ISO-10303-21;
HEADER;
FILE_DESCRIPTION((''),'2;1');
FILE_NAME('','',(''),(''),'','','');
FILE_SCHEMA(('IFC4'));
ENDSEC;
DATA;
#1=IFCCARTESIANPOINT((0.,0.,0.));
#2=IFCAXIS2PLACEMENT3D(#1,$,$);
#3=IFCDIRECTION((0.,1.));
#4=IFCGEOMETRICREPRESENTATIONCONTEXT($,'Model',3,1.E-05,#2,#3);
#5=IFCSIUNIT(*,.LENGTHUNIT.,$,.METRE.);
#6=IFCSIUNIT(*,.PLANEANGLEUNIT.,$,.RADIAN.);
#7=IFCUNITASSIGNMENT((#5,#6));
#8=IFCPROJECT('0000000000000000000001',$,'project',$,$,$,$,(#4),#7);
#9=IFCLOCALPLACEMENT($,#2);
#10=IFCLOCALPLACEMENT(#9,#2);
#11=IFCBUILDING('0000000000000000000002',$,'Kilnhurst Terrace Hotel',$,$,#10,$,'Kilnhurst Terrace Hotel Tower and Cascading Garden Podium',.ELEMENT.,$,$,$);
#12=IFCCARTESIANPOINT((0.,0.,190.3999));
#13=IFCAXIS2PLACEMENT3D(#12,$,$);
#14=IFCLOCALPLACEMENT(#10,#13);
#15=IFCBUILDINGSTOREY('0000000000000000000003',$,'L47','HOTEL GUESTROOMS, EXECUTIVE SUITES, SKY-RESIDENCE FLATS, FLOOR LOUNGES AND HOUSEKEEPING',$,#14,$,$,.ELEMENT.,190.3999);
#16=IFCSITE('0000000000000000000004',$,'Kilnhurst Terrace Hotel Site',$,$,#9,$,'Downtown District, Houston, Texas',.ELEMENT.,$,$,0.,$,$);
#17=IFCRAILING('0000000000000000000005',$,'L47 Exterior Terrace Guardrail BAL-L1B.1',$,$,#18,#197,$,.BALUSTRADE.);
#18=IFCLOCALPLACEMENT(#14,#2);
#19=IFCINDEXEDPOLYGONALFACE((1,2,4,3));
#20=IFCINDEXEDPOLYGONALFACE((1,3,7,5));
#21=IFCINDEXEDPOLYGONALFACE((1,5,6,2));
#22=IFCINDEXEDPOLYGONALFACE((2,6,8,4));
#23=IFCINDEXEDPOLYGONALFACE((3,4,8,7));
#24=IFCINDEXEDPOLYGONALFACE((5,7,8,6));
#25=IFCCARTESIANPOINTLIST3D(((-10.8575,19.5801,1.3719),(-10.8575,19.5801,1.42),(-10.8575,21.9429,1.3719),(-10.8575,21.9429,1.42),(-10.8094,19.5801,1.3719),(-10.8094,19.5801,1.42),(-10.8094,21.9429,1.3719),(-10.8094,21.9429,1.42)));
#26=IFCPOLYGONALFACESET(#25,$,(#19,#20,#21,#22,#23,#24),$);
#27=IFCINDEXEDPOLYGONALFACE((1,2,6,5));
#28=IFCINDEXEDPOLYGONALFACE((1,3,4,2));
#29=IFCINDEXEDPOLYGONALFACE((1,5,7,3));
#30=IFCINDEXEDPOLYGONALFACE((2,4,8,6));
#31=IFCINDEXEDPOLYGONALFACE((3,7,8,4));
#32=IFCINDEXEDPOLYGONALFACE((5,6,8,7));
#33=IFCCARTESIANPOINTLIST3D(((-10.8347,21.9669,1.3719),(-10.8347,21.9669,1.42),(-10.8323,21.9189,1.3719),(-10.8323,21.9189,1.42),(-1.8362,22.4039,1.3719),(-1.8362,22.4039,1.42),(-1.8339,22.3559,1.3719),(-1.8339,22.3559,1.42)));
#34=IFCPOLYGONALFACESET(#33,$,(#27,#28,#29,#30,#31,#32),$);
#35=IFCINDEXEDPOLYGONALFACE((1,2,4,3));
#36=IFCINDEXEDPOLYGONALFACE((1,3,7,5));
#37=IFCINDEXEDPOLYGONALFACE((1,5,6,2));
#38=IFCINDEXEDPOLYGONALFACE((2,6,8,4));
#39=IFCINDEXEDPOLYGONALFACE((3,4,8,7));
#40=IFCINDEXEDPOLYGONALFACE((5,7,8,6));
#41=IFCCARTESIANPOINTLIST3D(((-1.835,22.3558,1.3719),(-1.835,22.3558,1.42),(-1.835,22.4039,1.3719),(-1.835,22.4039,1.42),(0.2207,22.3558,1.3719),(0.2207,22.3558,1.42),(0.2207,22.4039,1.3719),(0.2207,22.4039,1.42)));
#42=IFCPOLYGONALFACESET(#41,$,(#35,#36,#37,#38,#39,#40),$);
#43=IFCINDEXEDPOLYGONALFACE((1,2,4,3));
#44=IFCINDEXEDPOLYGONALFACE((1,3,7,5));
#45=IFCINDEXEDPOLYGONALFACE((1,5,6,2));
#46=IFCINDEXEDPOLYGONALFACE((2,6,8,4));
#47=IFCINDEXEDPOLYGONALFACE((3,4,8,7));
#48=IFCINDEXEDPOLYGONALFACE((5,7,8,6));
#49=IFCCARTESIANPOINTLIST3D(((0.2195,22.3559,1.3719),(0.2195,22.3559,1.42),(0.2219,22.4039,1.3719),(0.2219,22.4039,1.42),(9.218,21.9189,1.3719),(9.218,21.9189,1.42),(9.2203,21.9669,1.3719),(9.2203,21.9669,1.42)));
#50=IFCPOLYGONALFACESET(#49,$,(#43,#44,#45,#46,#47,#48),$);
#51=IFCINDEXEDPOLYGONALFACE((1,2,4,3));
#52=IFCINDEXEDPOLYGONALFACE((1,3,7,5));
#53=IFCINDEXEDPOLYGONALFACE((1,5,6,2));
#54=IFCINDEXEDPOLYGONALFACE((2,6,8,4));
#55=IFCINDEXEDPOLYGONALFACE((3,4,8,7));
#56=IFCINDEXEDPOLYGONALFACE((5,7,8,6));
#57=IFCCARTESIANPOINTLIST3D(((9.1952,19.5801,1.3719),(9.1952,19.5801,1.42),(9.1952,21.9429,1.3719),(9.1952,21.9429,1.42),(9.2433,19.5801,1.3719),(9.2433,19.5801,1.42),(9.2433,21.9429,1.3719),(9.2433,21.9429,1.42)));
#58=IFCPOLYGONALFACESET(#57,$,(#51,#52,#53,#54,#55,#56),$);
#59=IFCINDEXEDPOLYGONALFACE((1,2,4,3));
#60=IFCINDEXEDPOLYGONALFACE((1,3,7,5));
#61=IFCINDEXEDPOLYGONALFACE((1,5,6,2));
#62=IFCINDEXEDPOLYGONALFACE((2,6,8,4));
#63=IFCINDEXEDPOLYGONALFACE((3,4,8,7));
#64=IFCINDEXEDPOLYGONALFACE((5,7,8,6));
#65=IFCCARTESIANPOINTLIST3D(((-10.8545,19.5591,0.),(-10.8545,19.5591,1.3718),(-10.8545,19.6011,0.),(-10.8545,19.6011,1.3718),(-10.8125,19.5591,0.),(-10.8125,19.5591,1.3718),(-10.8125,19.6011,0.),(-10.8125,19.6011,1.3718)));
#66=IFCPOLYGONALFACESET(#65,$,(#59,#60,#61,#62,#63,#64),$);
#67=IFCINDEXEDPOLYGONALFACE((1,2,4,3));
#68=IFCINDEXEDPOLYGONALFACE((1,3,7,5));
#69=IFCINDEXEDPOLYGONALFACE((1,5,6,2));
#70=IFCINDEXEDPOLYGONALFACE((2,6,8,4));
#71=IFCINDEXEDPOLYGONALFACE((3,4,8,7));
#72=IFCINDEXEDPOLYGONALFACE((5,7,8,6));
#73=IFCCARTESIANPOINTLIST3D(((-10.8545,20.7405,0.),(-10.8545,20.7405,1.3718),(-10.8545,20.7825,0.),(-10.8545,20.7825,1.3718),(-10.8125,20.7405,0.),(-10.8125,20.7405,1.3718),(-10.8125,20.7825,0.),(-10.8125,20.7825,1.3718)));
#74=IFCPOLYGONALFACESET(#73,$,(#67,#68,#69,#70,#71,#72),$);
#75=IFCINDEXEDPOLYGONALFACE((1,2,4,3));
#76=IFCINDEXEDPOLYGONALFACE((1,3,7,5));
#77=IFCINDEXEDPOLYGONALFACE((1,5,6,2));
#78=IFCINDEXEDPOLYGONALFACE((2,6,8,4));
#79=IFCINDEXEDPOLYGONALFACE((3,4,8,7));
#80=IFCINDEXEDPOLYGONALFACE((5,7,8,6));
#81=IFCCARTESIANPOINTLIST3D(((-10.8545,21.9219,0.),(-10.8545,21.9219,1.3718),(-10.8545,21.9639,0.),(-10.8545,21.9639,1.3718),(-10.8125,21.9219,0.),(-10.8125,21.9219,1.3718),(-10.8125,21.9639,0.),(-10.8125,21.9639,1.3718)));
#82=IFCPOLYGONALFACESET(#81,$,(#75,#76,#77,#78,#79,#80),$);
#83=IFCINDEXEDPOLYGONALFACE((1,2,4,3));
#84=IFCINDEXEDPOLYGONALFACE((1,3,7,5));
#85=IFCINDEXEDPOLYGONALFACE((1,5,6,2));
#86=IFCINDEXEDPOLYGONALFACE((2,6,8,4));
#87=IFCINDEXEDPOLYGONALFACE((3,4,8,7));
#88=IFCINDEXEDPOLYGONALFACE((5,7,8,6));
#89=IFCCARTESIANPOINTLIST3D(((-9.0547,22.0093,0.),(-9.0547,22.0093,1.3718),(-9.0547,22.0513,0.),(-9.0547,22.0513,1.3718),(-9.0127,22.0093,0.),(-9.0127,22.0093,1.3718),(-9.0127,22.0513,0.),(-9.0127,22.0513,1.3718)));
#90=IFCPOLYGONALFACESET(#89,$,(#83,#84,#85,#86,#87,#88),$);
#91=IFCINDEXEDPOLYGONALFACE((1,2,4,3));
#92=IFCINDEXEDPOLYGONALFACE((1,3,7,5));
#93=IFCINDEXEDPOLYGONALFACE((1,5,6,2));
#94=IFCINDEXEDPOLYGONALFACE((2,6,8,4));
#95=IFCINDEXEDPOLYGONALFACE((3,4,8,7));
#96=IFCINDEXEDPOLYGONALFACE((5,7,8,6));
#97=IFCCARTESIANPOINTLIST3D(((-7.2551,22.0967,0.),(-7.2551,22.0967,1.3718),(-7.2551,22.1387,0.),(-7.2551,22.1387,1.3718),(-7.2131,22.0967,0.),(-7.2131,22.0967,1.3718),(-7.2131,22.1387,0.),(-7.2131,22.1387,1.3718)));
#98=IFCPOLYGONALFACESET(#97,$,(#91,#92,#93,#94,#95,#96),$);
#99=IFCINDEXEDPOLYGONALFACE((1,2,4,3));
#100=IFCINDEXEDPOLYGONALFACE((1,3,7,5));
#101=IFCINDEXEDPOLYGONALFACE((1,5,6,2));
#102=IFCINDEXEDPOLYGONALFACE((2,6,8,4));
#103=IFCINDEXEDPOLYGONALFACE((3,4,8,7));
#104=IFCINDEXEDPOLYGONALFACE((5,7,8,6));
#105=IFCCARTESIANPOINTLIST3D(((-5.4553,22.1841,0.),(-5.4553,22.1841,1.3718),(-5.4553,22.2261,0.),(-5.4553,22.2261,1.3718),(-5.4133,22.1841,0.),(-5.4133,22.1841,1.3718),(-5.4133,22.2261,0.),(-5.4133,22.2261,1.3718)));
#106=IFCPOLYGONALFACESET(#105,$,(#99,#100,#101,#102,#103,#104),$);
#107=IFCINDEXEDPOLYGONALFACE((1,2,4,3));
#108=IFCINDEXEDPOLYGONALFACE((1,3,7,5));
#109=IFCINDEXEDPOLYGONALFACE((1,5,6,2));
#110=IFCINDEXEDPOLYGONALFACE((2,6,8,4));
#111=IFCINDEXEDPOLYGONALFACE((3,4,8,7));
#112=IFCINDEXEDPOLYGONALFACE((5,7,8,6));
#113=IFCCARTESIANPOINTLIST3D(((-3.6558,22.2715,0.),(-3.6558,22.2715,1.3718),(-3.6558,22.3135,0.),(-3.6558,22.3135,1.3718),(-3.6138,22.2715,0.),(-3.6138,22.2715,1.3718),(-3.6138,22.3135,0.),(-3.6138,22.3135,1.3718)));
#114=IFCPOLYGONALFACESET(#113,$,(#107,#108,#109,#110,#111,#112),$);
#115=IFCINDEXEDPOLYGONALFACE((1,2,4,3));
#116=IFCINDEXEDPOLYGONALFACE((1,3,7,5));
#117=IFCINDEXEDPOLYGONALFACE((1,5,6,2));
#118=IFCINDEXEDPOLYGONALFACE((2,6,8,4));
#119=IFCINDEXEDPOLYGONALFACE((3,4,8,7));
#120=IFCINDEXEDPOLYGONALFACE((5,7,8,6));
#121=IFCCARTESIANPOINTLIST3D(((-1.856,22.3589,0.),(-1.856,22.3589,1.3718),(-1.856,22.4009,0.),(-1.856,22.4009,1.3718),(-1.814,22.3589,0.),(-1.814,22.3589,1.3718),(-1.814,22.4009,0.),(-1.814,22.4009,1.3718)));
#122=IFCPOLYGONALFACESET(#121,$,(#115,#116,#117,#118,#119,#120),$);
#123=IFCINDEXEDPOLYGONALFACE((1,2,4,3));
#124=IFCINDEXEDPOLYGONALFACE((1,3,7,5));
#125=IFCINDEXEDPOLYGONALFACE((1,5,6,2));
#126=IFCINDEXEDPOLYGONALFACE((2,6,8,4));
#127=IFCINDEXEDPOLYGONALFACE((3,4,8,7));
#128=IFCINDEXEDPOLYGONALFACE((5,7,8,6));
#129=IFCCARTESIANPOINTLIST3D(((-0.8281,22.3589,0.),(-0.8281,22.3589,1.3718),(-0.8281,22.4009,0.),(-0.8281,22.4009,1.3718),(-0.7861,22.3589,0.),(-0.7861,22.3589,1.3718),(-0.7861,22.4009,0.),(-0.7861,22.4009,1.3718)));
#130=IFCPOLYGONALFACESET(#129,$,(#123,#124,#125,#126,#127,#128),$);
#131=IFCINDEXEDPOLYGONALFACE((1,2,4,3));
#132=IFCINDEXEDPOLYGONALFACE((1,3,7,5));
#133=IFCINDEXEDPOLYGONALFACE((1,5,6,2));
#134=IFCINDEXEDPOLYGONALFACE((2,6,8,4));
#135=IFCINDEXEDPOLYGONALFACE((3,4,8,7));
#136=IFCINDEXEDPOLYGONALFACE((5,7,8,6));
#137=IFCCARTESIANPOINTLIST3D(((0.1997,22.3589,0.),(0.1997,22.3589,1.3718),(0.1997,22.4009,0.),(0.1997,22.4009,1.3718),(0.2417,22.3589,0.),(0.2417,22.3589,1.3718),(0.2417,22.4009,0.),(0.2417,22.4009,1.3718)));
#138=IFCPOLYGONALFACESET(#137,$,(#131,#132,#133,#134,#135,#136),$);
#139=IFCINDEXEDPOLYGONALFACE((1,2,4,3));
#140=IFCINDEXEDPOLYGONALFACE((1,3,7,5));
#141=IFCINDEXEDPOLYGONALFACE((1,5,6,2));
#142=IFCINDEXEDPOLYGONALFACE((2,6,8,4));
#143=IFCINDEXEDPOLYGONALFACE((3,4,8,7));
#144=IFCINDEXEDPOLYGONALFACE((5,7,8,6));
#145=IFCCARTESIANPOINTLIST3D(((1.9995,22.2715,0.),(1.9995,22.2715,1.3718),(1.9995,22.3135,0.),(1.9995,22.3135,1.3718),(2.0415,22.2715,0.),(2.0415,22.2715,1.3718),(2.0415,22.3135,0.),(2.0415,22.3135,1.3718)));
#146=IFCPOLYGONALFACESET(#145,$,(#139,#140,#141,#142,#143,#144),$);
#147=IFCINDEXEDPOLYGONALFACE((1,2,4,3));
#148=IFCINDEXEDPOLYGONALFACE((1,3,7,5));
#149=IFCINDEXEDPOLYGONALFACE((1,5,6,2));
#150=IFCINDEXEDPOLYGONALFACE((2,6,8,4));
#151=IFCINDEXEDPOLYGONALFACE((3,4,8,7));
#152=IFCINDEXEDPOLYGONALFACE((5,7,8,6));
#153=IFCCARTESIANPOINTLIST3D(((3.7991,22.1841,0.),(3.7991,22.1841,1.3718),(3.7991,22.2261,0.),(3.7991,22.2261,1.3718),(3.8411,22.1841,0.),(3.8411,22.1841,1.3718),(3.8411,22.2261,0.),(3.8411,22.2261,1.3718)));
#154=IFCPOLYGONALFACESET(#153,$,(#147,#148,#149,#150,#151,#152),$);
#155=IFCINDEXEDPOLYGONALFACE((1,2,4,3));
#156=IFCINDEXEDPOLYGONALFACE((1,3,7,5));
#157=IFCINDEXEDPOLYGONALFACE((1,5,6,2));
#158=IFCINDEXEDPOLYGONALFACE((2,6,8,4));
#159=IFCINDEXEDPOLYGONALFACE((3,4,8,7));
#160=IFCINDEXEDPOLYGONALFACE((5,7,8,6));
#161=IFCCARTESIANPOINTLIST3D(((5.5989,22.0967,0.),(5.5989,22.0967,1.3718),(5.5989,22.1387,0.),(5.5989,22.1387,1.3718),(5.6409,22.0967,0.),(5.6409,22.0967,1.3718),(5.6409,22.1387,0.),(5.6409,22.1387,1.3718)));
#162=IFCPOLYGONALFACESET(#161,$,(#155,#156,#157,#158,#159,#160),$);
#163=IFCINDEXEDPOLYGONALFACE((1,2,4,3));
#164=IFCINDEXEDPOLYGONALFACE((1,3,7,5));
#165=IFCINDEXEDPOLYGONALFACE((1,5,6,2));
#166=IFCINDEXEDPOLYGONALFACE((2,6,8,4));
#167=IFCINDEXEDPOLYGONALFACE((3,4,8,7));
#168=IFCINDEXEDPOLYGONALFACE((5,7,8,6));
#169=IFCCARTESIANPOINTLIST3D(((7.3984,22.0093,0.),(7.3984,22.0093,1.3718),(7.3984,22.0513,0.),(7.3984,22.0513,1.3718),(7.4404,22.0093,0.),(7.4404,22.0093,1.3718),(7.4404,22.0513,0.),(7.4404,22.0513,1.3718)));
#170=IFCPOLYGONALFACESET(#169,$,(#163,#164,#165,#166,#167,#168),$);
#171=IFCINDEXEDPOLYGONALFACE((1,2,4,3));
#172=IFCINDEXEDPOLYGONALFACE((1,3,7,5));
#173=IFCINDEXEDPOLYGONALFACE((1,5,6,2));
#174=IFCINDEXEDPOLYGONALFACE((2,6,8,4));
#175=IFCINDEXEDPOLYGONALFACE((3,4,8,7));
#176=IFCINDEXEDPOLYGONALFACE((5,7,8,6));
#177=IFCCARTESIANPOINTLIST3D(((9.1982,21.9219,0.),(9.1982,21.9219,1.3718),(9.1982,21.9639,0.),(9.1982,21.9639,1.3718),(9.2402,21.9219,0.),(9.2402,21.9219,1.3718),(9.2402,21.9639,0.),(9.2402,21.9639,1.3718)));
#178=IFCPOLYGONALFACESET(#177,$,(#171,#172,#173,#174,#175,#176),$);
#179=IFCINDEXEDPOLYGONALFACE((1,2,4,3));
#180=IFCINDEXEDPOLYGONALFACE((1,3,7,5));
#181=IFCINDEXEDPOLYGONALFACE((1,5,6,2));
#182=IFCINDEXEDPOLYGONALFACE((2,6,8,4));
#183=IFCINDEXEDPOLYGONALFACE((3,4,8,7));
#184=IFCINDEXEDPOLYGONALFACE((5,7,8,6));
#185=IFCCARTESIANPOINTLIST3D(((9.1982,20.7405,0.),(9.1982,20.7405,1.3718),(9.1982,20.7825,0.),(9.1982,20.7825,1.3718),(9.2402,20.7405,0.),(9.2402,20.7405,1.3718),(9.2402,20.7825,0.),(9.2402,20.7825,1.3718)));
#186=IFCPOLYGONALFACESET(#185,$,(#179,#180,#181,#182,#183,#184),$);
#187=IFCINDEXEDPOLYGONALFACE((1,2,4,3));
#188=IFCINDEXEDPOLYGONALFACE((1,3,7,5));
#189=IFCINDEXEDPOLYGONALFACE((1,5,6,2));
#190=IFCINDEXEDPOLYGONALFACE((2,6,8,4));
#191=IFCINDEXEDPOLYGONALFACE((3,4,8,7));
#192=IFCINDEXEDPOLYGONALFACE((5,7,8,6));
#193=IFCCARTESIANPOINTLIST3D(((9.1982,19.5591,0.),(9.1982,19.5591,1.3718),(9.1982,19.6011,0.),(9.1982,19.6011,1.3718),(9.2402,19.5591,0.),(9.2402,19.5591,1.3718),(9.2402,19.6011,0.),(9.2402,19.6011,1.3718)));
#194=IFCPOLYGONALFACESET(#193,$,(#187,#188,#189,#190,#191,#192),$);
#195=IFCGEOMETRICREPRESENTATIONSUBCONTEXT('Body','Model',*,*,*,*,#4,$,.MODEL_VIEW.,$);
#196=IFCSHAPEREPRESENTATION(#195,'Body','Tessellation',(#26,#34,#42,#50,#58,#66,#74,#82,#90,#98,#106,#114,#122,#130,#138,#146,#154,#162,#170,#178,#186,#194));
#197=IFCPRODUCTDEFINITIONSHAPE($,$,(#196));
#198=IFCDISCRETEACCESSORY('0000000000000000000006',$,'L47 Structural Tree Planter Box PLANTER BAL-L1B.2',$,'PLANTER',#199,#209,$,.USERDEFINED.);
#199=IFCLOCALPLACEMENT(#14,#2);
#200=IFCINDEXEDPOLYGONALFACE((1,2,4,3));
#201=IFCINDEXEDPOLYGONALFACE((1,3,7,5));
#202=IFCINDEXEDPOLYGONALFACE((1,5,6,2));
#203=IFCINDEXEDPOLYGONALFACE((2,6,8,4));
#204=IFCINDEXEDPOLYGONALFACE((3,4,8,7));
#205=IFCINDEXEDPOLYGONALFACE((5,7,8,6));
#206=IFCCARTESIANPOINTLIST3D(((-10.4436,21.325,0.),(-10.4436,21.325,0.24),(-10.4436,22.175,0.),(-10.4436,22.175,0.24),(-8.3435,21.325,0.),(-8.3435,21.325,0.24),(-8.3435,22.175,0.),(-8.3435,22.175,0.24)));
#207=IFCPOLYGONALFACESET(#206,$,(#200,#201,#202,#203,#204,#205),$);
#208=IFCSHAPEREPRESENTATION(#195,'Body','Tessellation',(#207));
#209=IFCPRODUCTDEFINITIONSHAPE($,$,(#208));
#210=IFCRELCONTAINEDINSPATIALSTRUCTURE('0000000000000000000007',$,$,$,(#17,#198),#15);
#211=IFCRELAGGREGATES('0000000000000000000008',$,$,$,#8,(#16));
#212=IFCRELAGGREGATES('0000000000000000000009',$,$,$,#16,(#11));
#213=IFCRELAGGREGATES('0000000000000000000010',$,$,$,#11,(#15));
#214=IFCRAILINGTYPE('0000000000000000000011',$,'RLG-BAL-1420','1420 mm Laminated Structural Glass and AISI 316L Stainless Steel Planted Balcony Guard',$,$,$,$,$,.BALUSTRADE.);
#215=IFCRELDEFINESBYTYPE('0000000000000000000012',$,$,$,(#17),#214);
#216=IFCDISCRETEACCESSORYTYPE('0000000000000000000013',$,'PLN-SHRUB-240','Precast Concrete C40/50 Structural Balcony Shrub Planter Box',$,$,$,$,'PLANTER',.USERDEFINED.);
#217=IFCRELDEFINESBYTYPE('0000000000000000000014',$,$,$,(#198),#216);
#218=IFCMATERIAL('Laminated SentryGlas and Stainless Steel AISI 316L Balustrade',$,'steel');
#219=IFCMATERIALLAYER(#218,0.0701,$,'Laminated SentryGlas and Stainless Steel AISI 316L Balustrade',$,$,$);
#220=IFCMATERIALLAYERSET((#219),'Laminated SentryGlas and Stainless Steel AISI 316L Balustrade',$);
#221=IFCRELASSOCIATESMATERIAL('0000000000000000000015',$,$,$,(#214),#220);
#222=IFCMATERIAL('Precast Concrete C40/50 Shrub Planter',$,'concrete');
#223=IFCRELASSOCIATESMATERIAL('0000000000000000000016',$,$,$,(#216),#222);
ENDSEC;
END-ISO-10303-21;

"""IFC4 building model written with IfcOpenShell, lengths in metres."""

from ifc_helpers import new_model, si_unit, direction, frame, origin, origin_2d, place, context, subcontext, project, spatial, rectangle, extrude, material, layer, layer_set, type_object, element, save


model = new_model("IFC4")

# Units and contexts
model_context = context("Model", 3, precision=1e-05, world=origin(), true_north=direction((0.0, 1.0)))
body_context = subcontext(model_context, "Body", "Model", "MODEL_VIEW")
ifc_project = project(units=[si_unit("LENGTHUNIT", "METRE"), si_unit("PLANEANGLEUNIT", "RADIAN")], contexts=[model_context])

# Site, building, storey
site_placement = place(None, origin())
site = spatial("IfcSite", under=ifc_project, at=site_placement, Name="Kilnhurst Terrace Hotel Site", LongName="Downtown District, Houston, Texas", CompositionType="ELEMENT", RefElevation=0.0)
building_placement = place(site_placement, origin())
building = spatial("IfcBuilding", under=site, at=building_placement, Name="Kilnhurst Terrace Hotel", LongName="Kilnhurst Terrace Hotel Tower and Cascading Garden Podium", CompositionType="ELEMENT")
storey_placement = place(building_placement, frame((0.0, 0.0, 190.3999)))
storey = spatial("IfcBuildingStorey", under=building, at=storey_placement, Name="L47", Description="HOTEL GUESTROOMS, EXECUTIVE SUITES, SKY-RESIDENCE FLATS, FLOOR LOUNGES AND HOUSEKEEPING", CompositionType="ELEMENT", Elevation=190.3999)

# Railing
ifc_material_1 = material(Name="Laminated SentryGlas and Stainless Steel AISI 316L Balustrade", Category="steel")
ifc_layer_1 = layer(ifc_material_1, 0.0701, Name="Laminated SentryGlas and Stainless Steel AISI 316L Balustrade")
ifc_layer_set_1 = layer_set([ifc_layer_1], Name="Laminated SentryGlas and Stainless Steel AISI 316L Balustrade")
railing_type = type_object("IfcRailingType", Name="RLG-BAL-1420", Description="1420 mm Laminated Structural Glass and AISI 316L Stainless Steel Planted Balcony Guard", PredefinedType="BALUSTRADE", material=ifc_layer_set_1)
railing_placement = place(storey_placement, frame((-10.8335, 19.5801, 0.0)))
element("IfcRailing", 1, at=railing_placement, inside=storey, type_object=railing_type, Name="L47 Exterior Terrace Guardrail BAL-L1B.1", PredefinedType="BALUSTRADE", context=body_context, shape_type="SweptSolid", body=[
    extrude(rectangle(XDim=0.0481, YDim=0.0481, at=origin_2d()), frame((0.0, 0.0, 1.396), z_axis=(0.0, 1.0, 0.0), x_axis=(-1.0, 0.0, 0.0)), (0.0, 0.0, 1.0), 2.3628),
    extrude(rectangle(XDim=0.0481, YDim=0.0481, at=origin_2d()), frame((0.0, 2.3628, 1.396), z_axis=(0.998823, 0.048508, 0.0), x_axis=(-0.048508, 0.998823, 0.0)), (0.0, 0.0, 1.0), 9.009),
    extrude(rectangle(XDim=0.0481, YDim=0.0481, at=origin_2d()), frame((8.9985, 2.7998, 1.396), z_axis=(1.0, 0.0, 0.0), x_axis=(0.0, 1.0, 0.0)), (0.0, 0.0, 1.0), 2.0557),
    extrude(rectangle(XDim=0.0481, YDim=0.0481, at=origin_2d()), frame((11.0542, 2.7998, 1.396), z_axis=(0.998823, -0.048508, 0.0), x_axis=(0.048508, 0.998823, 0.0)), (0.0, 0.0, 1.0), 9.009),
    extrude(rectangle(XDim=0.0481, YDim=0.0481, at=origin_2d()), frame((20.0527, 2.3628, 1.396), z_axis=(0.0, -1.0, 0.0), x_axis=(1.0, 0.0, 0.0)), (0.0, 0.0, 1.0), 2.3628),
    extrude(rectangle(XDim=0.042, YDim=0.042, at=origin_2d()), origin(), (0.0, 0.0, 1.0), 1.3718),
    extrude(rectangle(XDim=0.042, YDim=0.042, at=origin_2d()), frame((0.0, 1.1814, 0.0)), (0.0, 0.0, 1.0), 1.3718),
    extrude(rectangle(XDim=0.042, YDim=0.042, at=origin_2d()), frame((0.0, 2.3628, 0.0)), (0.0, 0.0, 1.0), 1.3718),
    extrude(rectangle(XDim=0.042, YDim=0.042, at=origin_2d()), frame((1.7998, 2.4502, 0.0)), (0.0, 0.0, 1.0), 1.3718),
    extrude(rectangle(XDim=0.042, YDim=0.042, at=origin_2d()), frame((3.5994, 2.5376, 0.0)), (0.0, 0.0, 1.0), 1.3718),
    extrude(rectangle(XDim=0.042, YDim=0.042, at=origin_2d()), frame((5.3992, 2.625, 0.0)), (0.0, 0.0, 1.0), 1.3718),
    extrude(rectangle(XDim=0.042, YDim=0.042, at=origin_2d()), frame((7.1987, 2.7124, 0.0)), (0.0, 0.0, 1.0), 1.3718),
    extrude(rectangle(XDim=0.042, YDim=0.042, at=origin_2d()), frame((8.9985, 2.7998, 0.0)), (0.0, 0.0, 1.0), 1.3718),
    extrude(rectangle(XDim=0.042, YDim=0.042, at=origin_2d()), frame((10.0264, 2.7998, 0.0)), (0.0, 0.0, 1.0), 1.3718),
    extrude(rectangle(XDim=0.042, YDim=0.042, at=origin_2d()), frame((11.0542, 2.7998, 0.0)), (0.0, 0.0, 1.0), 1.3718),
    extrude(rectangle(XDim=0.042, YDim=0.042, at=origin_2d()), frame((12.854, 2.7124, 0.0)), (0.0, 0.0, 1.0), 1.3718),
    extrude(rectangle(XDim=0.042, YDim=0.042, at=origin_2d()), frame((14.6536, 2.625, 0.0)), (0.0, 0.0, 1.0), 1.3718),
    extrude(rectangle(XDim=0.042, YDim=0.042, at=origin_2d()), frame((16.4534, 2.5376, 0.0)), (0.0, 0.0, 1.0), 1.3718),
    extrude(rectangle(XDim=0.042, YDim=0.042, at=origin_2d()), frame((18.2529, 2.4502, 0.0)), (0.0, 0.0, 1.0), 1.3718),
    extrude(rectangle(XDim=0.042, YDim=0.042, at=origin_2d()), frame((20.0527, 2.3628, 0.0)), (0.0, 0.0, 1.0), 1.3718),
    extrude(rectangle(XDim=0.042, YDim=0.042, at=origin_2d()), frame((20.0527, 1.1814, 0.0)), (0.0, 0.0, 1.0), 1.3718),
    extrude(rectangle(XDim=0.042, YDim=0.042, at=origin_2d()), frame((20.0527, 0.0, 0.0)), (0.0, 0.0, 1.0), 1.3718),
])

# Discrete accessory
ifc_material_2 = material(Name="Precast Concrete C40/50 Shrub Planter", Category="concrete")
discrete_accessory_type = type_object("IfcDiscreteAccessoryType", Name="PLN-SHRUB-240", Description="Precast Concrete C40/50 Structural Balcony Shrub Planter Box", ElementType="PLANTER", PredefinedType="USERDEFINED", material=ifc_material_2)
discrete_accessory_placement = place(storey_placement, frame((-9.3936, 21.75, 0.0), z_axis=(0.0, 0.0, 1.0), x_axis=(-1.0, 0.0, 0.0)))
element("IfcDiscreteAccessory", 2, at=discrete_accessory_placement, inside=storey, type_object=discrete_accessory_type, Name="L47 Structural Tree Planter Box PLANTER BAL-L1B.2", ObjectType="PLANTER", PredefinedType="USERDEFINED", context=body_context, shape_type="SweptSolid", body=[
    extrude(rectangle(XDim=2.1001, YDim=0.8501, at=origin_2d()), origin(), (0.0, 0.0, 1.0), 0.24),
])

save(model, "model.ifc")
